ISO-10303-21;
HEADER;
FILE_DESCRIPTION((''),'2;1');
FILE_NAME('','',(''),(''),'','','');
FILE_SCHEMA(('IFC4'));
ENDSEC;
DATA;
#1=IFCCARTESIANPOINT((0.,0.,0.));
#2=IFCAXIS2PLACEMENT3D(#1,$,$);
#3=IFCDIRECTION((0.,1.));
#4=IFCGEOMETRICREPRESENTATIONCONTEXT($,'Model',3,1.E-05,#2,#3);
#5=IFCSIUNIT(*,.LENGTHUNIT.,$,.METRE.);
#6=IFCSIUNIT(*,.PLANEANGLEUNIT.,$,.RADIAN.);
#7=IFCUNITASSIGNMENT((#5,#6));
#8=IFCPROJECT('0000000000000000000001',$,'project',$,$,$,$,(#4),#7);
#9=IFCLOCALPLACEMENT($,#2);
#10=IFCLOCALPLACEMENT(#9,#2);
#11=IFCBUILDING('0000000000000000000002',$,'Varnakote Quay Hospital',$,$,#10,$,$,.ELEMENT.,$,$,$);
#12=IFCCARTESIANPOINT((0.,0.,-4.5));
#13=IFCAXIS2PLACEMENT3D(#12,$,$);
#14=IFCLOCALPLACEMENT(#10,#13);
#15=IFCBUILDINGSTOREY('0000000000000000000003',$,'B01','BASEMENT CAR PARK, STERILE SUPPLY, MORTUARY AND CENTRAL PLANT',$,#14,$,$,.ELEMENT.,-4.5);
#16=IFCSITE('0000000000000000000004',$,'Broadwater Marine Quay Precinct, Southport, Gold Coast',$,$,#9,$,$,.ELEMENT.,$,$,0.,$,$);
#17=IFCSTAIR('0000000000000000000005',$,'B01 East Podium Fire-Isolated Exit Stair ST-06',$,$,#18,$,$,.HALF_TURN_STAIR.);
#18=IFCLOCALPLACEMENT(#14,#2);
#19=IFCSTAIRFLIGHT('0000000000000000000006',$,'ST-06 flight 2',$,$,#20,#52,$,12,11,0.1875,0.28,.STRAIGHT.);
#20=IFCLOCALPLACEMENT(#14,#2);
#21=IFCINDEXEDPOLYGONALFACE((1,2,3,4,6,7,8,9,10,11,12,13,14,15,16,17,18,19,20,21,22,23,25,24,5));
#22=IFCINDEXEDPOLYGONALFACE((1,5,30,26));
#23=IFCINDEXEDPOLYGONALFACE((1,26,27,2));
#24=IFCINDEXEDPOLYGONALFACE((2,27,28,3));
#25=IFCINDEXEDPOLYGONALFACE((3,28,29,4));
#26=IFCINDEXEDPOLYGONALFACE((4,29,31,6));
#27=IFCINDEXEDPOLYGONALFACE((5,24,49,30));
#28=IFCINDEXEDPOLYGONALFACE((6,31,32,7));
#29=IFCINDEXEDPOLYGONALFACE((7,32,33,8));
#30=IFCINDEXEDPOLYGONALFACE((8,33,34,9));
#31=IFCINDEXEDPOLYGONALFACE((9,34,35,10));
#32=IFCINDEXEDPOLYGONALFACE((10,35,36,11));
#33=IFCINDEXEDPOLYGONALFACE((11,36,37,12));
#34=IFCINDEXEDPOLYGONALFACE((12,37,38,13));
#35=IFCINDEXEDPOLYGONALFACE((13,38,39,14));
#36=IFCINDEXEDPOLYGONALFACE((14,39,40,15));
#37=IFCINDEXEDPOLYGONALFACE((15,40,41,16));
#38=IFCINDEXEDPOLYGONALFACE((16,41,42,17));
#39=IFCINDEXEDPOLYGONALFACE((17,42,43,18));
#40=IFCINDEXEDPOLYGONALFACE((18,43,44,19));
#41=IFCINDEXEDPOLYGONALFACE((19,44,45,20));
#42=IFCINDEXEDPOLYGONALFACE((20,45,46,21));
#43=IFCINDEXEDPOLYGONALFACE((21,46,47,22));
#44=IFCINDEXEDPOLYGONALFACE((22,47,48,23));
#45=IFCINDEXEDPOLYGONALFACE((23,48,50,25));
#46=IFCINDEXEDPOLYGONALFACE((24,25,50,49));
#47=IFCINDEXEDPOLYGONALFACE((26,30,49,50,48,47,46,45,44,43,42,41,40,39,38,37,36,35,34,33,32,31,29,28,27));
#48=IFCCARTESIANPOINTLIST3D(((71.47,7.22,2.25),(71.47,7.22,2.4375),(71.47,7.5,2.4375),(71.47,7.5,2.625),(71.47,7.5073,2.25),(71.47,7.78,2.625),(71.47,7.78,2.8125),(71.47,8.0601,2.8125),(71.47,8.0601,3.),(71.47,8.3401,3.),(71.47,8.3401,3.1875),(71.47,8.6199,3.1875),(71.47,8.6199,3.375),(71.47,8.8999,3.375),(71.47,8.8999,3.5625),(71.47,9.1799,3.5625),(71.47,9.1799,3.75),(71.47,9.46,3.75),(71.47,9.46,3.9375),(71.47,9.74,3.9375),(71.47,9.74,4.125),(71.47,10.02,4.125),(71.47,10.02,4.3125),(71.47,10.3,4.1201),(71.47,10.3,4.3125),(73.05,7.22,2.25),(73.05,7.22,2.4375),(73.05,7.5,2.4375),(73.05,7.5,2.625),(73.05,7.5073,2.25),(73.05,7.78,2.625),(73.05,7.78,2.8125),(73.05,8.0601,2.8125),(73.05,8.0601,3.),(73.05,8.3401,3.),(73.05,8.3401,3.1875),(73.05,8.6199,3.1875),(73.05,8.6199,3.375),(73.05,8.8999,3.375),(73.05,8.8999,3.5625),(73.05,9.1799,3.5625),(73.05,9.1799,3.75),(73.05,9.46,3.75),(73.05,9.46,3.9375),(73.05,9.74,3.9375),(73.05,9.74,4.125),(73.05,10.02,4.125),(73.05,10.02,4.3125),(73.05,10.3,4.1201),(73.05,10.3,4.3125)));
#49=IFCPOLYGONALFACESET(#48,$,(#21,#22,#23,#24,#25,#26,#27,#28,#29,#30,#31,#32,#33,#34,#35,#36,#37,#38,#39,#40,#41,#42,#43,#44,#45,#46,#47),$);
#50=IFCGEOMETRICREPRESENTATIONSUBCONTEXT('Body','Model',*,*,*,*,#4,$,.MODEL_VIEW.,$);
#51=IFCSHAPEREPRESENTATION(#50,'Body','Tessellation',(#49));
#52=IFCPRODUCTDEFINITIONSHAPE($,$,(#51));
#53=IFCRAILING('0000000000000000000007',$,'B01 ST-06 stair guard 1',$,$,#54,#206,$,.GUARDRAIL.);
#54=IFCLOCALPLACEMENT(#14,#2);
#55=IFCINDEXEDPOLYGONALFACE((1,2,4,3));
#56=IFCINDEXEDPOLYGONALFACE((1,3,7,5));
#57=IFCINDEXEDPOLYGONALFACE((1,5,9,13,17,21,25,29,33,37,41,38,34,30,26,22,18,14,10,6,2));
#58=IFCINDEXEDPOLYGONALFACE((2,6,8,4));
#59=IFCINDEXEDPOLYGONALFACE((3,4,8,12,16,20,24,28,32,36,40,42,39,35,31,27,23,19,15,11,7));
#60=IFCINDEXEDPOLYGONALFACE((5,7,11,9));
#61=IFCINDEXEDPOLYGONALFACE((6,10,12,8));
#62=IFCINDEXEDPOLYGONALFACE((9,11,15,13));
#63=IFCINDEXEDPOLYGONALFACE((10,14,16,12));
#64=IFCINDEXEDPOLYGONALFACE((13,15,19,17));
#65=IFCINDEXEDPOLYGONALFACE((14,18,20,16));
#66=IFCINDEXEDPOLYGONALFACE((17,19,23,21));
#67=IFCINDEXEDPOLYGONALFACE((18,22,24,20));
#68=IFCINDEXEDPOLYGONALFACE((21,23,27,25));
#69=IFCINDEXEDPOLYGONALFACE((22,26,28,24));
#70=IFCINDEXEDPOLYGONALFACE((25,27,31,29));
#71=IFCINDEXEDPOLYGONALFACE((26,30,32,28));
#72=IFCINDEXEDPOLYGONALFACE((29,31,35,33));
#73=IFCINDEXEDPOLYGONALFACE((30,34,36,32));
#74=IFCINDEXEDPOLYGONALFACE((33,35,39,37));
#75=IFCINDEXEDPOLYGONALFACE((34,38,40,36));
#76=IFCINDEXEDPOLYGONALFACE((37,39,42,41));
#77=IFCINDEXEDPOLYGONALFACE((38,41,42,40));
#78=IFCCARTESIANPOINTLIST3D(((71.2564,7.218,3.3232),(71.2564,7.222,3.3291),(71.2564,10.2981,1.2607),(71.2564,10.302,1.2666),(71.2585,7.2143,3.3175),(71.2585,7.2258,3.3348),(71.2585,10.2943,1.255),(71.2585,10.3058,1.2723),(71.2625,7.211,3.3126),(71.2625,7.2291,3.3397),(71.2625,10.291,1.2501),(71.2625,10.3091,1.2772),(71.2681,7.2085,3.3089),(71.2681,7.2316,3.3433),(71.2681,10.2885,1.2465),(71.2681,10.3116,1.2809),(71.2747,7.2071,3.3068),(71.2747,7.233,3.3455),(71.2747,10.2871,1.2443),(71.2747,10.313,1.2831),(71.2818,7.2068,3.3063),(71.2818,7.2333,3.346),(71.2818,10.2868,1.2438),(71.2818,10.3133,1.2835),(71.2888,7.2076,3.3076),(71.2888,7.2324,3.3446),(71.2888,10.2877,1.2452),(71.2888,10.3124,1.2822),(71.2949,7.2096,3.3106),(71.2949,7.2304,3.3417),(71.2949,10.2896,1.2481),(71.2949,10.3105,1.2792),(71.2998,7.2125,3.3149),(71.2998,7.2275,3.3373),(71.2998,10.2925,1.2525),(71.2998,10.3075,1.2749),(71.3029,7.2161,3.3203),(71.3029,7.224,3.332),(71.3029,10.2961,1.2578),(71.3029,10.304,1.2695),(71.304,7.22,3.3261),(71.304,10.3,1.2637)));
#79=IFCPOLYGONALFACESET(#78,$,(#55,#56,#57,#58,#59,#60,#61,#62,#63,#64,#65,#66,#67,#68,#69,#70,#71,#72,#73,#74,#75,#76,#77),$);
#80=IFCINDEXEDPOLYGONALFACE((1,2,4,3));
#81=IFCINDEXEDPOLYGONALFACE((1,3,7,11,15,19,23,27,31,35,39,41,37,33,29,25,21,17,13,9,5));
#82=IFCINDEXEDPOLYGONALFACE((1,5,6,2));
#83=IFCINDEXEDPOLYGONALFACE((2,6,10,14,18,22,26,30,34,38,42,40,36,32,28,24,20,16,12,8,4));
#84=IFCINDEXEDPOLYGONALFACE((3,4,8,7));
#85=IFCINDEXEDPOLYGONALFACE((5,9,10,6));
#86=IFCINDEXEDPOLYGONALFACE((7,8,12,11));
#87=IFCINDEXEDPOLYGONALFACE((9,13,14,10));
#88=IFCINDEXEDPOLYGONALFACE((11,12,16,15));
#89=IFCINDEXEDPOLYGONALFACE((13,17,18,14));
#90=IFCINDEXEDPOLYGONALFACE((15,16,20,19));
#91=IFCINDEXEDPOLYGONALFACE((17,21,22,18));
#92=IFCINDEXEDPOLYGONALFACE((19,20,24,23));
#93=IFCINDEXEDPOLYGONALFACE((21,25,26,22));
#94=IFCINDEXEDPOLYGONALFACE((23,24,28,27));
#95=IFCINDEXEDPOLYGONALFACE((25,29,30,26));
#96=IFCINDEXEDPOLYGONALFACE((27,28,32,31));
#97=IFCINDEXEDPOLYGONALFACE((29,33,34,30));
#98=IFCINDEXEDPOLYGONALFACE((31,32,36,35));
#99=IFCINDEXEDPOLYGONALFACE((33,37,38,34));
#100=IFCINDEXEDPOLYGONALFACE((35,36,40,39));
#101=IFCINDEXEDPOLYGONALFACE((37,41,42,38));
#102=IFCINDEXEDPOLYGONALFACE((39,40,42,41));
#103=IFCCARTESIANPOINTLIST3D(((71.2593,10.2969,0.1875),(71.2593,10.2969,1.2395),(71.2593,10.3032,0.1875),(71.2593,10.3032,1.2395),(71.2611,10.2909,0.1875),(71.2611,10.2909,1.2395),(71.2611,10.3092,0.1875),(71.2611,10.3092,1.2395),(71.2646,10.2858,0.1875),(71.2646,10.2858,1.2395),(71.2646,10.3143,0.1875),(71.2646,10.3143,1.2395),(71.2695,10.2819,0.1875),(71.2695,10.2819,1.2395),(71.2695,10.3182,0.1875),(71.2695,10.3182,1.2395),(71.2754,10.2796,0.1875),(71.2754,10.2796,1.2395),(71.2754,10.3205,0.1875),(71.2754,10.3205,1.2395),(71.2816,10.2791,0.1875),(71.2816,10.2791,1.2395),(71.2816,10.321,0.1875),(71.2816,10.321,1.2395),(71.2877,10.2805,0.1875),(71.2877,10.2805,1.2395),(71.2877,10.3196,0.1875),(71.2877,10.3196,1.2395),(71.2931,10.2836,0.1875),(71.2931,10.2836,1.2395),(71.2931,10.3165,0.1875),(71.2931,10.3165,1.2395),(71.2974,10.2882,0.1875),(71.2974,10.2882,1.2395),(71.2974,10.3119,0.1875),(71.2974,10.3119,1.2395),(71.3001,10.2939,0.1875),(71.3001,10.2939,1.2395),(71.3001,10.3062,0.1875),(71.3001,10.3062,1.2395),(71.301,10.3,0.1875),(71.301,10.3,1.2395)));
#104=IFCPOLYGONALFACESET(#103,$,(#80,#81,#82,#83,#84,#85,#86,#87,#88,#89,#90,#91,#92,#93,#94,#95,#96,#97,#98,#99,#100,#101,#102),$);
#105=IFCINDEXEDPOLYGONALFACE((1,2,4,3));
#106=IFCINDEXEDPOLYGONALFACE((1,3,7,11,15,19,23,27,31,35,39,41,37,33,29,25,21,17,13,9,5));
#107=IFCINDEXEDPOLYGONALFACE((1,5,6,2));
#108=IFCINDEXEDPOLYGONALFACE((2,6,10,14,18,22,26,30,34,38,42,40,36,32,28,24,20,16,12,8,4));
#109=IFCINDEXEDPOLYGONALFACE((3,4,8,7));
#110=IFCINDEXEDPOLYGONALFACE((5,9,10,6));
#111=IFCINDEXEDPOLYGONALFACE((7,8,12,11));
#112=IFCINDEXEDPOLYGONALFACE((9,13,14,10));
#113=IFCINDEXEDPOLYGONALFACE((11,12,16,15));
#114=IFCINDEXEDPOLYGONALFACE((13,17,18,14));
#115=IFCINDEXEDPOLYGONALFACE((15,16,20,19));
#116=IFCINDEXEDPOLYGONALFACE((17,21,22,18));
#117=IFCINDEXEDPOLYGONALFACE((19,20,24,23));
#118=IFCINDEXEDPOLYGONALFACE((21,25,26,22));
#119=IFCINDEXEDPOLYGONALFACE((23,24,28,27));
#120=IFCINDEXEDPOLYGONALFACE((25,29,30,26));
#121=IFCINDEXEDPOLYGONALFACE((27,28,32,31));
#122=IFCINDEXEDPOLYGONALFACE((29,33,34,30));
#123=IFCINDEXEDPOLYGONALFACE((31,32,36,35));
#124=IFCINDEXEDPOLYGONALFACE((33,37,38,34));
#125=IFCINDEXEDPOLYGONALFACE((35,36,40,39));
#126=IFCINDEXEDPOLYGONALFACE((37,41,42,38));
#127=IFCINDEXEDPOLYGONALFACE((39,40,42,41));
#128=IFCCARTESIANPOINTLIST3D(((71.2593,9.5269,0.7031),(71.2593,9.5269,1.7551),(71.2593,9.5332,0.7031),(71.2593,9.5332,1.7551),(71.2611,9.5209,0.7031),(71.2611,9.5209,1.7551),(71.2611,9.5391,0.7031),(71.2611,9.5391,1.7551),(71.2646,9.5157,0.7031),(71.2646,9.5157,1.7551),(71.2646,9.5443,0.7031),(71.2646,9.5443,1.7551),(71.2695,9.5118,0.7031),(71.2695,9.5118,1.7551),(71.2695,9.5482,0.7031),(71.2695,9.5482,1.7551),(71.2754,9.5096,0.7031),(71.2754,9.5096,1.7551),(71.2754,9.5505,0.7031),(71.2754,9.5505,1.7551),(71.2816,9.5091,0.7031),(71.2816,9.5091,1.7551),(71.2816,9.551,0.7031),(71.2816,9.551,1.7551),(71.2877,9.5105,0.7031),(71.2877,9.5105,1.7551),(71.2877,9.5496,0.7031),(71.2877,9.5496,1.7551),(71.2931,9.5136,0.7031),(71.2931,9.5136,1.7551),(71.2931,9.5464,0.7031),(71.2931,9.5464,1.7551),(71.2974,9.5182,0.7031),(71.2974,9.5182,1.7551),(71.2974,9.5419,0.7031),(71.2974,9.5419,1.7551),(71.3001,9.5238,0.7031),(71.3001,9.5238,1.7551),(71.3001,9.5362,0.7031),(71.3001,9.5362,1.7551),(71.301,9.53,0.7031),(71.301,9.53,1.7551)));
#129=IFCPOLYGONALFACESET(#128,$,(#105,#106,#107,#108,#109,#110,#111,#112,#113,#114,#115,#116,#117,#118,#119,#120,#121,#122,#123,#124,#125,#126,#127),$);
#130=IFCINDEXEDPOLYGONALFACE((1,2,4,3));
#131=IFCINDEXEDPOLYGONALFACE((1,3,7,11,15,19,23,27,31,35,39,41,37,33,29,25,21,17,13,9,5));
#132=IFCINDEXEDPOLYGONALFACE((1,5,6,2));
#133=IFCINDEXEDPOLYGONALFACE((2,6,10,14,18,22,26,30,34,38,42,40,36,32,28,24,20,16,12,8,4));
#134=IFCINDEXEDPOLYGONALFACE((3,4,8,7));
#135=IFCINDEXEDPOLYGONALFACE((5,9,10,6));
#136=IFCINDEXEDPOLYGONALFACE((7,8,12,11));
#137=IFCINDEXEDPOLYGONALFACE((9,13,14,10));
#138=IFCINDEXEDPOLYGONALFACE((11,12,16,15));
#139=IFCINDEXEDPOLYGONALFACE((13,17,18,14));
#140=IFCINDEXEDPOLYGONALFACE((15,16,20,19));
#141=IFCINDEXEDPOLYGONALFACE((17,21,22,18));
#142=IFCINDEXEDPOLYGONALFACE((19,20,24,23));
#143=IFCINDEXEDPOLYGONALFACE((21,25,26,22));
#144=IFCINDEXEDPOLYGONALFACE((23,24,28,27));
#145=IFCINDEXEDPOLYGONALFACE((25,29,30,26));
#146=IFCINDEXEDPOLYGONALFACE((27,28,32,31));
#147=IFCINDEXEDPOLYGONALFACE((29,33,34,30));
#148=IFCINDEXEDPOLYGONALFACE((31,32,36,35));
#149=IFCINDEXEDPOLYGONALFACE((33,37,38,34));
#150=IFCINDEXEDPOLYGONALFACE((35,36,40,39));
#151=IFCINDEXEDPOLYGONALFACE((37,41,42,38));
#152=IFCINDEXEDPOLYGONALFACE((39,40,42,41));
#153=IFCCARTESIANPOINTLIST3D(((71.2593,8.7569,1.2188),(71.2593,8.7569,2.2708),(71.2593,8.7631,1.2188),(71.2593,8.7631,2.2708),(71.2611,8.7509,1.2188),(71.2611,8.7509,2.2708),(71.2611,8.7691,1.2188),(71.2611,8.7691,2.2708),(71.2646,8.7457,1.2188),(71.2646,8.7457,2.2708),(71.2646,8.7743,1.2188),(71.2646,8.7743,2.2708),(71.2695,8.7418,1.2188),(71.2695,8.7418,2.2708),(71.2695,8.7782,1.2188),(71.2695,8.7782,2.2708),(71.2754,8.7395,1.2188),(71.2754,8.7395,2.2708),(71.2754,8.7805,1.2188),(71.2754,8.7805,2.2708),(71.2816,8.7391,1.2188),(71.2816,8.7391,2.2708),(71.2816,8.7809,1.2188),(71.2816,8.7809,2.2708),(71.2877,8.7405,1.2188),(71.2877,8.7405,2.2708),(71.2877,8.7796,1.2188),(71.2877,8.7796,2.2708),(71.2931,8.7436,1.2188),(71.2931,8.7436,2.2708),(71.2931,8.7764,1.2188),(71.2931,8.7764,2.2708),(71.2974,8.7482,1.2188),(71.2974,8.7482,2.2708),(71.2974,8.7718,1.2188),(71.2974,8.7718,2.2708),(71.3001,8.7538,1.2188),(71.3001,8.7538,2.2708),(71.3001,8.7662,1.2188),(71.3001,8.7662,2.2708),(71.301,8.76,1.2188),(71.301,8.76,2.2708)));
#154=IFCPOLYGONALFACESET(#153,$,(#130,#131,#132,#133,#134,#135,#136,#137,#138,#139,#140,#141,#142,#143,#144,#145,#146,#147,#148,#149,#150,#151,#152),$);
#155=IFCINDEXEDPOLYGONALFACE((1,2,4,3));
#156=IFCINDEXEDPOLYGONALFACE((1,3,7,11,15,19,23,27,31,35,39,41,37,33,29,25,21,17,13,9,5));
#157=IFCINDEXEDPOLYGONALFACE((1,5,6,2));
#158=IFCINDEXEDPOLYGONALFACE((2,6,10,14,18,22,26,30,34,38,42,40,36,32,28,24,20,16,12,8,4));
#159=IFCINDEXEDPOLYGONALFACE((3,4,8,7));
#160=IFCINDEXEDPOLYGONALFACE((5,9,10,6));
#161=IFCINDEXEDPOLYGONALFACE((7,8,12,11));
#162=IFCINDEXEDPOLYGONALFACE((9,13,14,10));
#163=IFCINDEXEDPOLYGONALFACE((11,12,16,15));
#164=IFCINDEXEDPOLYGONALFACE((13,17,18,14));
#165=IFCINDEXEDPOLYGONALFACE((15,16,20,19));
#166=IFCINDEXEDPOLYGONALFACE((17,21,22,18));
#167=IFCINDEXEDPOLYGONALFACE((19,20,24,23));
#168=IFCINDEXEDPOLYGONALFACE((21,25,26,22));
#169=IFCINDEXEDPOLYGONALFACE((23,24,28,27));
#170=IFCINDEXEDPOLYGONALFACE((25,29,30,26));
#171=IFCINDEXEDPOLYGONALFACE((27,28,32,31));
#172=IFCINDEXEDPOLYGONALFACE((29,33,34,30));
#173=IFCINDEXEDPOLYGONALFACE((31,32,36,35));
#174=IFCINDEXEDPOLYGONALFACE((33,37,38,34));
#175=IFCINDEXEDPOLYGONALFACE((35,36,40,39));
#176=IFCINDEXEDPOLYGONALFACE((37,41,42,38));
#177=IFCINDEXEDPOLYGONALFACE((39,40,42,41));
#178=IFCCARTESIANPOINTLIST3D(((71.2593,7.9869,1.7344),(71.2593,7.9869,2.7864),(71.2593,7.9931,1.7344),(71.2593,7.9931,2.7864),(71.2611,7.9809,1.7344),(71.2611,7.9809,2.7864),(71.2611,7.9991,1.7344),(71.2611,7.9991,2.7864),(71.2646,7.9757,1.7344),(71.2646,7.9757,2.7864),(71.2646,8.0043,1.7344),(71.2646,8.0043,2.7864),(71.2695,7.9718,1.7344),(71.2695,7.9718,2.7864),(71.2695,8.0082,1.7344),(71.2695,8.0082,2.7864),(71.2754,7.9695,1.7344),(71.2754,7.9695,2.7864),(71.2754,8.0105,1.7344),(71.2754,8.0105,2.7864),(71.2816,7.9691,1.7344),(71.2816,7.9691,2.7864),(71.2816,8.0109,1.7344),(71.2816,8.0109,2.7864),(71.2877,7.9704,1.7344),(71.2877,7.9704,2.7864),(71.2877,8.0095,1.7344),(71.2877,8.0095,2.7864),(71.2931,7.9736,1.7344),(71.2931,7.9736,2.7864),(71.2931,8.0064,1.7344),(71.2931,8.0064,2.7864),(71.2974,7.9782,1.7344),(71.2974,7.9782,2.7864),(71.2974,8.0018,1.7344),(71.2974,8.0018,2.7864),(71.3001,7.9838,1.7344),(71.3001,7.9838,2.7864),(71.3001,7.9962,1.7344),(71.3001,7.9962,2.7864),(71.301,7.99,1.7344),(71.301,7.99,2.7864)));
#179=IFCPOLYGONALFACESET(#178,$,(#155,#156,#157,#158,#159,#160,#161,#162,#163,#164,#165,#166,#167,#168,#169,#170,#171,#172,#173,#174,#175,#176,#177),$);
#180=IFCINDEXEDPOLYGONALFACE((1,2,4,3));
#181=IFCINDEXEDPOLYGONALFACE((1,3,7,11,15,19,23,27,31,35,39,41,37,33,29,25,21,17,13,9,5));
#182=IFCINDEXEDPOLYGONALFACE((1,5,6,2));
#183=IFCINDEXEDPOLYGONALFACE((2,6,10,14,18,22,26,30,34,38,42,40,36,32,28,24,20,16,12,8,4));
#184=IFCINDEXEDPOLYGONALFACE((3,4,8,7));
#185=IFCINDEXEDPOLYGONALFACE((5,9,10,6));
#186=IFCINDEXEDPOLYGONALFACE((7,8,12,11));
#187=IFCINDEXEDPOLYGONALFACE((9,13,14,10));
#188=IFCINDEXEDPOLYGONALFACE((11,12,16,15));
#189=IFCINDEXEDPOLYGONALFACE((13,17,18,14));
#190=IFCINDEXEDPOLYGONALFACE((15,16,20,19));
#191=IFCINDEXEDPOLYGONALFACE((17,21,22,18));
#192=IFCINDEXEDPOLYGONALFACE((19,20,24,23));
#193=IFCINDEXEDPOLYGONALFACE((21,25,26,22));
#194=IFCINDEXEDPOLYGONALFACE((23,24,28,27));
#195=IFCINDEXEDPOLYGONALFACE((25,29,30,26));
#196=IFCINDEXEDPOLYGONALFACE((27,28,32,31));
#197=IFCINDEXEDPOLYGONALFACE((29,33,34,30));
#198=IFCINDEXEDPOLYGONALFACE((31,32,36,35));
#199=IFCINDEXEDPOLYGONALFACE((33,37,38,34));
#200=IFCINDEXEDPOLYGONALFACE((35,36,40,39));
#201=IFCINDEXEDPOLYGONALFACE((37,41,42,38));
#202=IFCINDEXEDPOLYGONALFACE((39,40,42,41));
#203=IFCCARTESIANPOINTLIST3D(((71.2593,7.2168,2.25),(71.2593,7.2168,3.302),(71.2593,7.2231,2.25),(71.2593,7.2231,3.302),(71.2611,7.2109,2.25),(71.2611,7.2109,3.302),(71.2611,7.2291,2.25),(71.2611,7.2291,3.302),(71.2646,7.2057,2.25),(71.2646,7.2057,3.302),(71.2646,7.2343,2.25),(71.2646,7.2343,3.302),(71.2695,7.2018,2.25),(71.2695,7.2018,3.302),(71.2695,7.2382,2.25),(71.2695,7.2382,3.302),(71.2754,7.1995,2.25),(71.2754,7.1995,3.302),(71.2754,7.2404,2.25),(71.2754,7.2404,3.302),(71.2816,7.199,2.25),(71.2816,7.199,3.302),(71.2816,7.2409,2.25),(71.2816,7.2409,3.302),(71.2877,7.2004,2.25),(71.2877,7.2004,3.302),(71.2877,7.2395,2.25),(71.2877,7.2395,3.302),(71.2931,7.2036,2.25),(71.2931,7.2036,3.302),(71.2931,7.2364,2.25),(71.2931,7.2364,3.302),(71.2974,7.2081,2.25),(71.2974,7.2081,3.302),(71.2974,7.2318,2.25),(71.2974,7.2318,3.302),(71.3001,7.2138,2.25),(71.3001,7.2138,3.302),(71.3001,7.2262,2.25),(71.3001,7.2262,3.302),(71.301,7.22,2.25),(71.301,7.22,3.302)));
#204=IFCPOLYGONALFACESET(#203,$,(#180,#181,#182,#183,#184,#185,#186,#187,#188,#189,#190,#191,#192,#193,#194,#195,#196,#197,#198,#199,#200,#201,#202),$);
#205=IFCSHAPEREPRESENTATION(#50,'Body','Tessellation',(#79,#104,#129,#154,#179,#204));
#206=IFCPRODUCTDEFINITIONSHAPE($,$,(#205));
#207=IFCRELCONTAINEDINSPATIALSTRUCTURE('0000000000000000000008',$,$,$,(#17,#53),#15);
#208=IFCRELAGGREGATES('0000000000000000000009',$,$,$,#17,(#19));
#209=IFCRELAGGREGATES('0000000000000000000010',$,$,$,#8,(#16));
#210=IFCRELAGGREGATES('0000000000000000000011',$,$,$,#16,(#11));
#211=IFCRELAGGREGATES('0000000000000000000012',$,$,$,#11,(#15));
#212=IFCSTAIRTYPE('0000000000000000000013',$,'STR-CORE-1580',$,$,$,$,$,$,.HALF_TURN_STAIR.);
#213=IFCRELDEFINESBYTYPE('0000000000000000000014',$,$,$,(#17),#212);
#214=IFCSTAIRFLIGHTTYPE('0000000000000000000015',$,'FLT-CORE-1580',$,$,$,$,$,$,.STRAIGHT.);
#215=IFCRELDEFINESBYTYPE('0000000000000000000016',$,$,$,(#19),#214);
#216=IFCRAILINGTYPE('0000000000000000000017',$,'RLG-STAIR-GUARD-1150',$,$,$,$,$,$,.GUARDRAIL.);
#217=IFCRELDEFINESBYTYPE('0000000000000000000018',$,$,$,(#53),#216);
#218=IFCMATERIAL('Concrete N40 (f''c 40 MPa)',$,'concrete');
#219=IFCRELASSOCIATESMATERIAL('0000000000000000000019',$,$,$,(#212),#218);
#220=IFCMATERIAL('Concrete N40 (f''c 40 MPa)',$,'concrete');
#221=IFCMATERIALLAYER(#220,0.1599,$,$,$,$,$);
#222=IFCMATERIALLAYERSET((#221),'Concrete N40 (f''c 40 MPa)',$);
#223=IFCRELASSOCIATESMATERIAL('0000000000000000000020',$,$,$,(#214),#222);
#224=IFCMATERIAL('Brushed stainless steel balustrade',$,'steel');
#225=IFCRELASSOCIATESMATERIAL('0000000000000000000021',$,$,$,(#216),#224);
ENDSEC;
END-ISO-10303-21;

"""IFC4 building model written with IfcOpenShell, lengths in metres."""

from ifc_helpers import new_model, si_unit, direction, frame, origin, origin_2d, place, context, subcontext, project, spatial, polyline, circle, outline, extrude, material, layer, layer_set, type_object, element, aggregate, save


model = new_model("IFC4")

# Units and contexts
model_context = context("Model", 3, precision=1e-05, world=origin(), true_north=direction((0.0, 1.0)))
body_context = subcontext(model_context, "Body", "Model", "MODEL_VIEW")
ifc_project = project(units=[si_unit("LENGTHUNIT", "METRE"), si_unit("PLANEANGLEUNIT", "RADIAN")], contexts=[model_context])

# Site, building, storey
site_placement = place(None, origin())
site = spatial("IfcSite", under=ifc_project, at=site_placement, Name="Broadwater Marine Quay Precinct, Southport, Gold Coast", CompositionType="ELEMENT", RefElevation=0.0)
building_placement = place(site_placement, origin())
building = spatial("IfcBuilding", under=site, at=building_placement, Name="Varnakote Quay Hospital", CompositionType="ELEMENT")
storey_placement = place(building_placement, frame((0.0, 0.0, -4.5)))
storey = spatial("IfcBuildingStorey", under=building, at=storey_placement, Name="B01", Description="BASEMENT CAR PARK, STERILE SUPPLY, MORTUARY AND CENTRAL PLANT", CompositionType="ELEMENT", Elevation=-4.5)

# Stair, stair flight
ifc_material_1 = material(Name="Concrete N40 (f'c 40 MPa)", Category="concrete")
stair_type = type_object("IfcStairType", Name="STR-CORE-1580", PredefinedType="HALF_TURN_STAIR", material=ifc_material_1)
stair_placement = place(storey_placement, origin())
stair = element("IfcStair", 1, at=stair_placement, inside=storey, type_object=stair_type, Name="B01 East Podium Fire-Isolated Exit Stair ST-06", PredefinedType="HALF_TURN_STAIR")
ifc_material_2 = material(Name="Concrete N40 (f'c 40 MPa)", Category="concrete")
ifc_layer_1 = layer(ifc_material_2, 0.1599)
ifc_layer_set_1 = layer_set([ifc_layer_1], Name="Concrete N40 (f'c 40 MPa)")
stair_flight_type = type_object("IfcStairFlightType", Name="FLT-CORE-1580", PredefinedType="STRAIGHT", material=ifc_layer_set_1)
stair_flight_1_placement = place(storey_placement, frame((72.26, 7.22, 2.25), z_axis=(0.0, 0.0, 1.0), x_axis=(0.0, 1.0, 0.0)))
stair_flight_1 = element("IfcStairFlight", 2, at=stair_flight_1_placement, type_object=stair_flight_type, Name="ST-06 flight 2", NumberOfRisers=12, NumberOfTreads=11, PredefinedType="STRAIGHT", RiserHeight=0.1875, TreadLength=0.28, context=body_context, shape_type="SweptSolid", body=[
    extrude(outline(polyline([(0.0, 0.0), (0.0, 0.1875), (0.28, 0.1875), (0.28, 0.375), (0.5601, 0.375), (0.5601, 0.5625), (0.8401, 0.5625), (0.8401, 0.75), (1.1201, 0.75), (1.1201, 0.9375), (1.3999, 0.9375), (1.3999, 1.125), (1.6799, 1.125), (1.6799, 1.3125), (1.96, 1.3125), (1.96, 1.5), (2.24, 1.5), (2.24, 1.6875), (2.52, 1.6875), (2.52, 1.875), (2.8, 1.875), (2.8, 2.0625), (3.0801, 2.0625), (3.0801, 2.25), (3.0801, 1.8701), (0.2874, 0.0), (0.0, 0.0)])), frame((0.0, 0.79, 0.0), z_axis=(0.0, -1.0, 0.0), x_axis=(1.0, 0.0, 0.0)), (0.0, 0.0, 1.0), 1.5801),
])
aggregate(stair, [stair_flight_1])

# Railing
ifc_material_3 = material(Name="Brushed stainless steel balustrade", Category="steel")
railing_type_1 = type_object("IfcRailingType", Name="RLG-STAIR-GUARD-1150", PredefinedType="GUARDRAIL", material=ifc_material_3)
railing_1_placement = place(storey_placement, frame((71.28, 10.3, 0.1875)))
element("IfcRailing", 3, at=railing_1_placement, inside=storey, type_object=railing_type_1, Name="B01 ST-06 stair guard 1", PredefinedType="GUARDRAIL", context=body_context, shape_type="SweptSolid", body=[
    extrude(circle(Radius=0.0239, at=origin_2d()), frame((0.0, 0.0, 1.0762), z_axis=(0.0, -0.830914, 0.556401), x_axis=(1.0, 0.0, 0.0)), (0.0, 0.0, 1.0), 3.7068),
    extrude(circle(Radius=0.021, at=origin_2d()), origin(), (0.0, 0.0, 1.0), 1.052),
    extrude(circle(Radius=0.021, at=origin_2d()), frame((0.0, -0.77, 0.5156)), (0.0, 0.0, 1.0), 1.052),
    extrude(circle(Radius=0.021, at=origin_2d()), frame((0.0, -1.54, 1.0312)), (0.0, 0.0, 1.0), 1.052),
    extrude(circle(Radius=0.021, at=origin_2d()), frame((0.0, -2.3101, 1.5469)), (0.0, 0.0, 1.0), 1.052),
    extrude(circle(Radius=0.021, at=origin_2d()), frame((0.0, -3.0801, 2.0625)), (0.0, 0.0, 1.0), 1.052),
])

save(model, "model.ifc")
